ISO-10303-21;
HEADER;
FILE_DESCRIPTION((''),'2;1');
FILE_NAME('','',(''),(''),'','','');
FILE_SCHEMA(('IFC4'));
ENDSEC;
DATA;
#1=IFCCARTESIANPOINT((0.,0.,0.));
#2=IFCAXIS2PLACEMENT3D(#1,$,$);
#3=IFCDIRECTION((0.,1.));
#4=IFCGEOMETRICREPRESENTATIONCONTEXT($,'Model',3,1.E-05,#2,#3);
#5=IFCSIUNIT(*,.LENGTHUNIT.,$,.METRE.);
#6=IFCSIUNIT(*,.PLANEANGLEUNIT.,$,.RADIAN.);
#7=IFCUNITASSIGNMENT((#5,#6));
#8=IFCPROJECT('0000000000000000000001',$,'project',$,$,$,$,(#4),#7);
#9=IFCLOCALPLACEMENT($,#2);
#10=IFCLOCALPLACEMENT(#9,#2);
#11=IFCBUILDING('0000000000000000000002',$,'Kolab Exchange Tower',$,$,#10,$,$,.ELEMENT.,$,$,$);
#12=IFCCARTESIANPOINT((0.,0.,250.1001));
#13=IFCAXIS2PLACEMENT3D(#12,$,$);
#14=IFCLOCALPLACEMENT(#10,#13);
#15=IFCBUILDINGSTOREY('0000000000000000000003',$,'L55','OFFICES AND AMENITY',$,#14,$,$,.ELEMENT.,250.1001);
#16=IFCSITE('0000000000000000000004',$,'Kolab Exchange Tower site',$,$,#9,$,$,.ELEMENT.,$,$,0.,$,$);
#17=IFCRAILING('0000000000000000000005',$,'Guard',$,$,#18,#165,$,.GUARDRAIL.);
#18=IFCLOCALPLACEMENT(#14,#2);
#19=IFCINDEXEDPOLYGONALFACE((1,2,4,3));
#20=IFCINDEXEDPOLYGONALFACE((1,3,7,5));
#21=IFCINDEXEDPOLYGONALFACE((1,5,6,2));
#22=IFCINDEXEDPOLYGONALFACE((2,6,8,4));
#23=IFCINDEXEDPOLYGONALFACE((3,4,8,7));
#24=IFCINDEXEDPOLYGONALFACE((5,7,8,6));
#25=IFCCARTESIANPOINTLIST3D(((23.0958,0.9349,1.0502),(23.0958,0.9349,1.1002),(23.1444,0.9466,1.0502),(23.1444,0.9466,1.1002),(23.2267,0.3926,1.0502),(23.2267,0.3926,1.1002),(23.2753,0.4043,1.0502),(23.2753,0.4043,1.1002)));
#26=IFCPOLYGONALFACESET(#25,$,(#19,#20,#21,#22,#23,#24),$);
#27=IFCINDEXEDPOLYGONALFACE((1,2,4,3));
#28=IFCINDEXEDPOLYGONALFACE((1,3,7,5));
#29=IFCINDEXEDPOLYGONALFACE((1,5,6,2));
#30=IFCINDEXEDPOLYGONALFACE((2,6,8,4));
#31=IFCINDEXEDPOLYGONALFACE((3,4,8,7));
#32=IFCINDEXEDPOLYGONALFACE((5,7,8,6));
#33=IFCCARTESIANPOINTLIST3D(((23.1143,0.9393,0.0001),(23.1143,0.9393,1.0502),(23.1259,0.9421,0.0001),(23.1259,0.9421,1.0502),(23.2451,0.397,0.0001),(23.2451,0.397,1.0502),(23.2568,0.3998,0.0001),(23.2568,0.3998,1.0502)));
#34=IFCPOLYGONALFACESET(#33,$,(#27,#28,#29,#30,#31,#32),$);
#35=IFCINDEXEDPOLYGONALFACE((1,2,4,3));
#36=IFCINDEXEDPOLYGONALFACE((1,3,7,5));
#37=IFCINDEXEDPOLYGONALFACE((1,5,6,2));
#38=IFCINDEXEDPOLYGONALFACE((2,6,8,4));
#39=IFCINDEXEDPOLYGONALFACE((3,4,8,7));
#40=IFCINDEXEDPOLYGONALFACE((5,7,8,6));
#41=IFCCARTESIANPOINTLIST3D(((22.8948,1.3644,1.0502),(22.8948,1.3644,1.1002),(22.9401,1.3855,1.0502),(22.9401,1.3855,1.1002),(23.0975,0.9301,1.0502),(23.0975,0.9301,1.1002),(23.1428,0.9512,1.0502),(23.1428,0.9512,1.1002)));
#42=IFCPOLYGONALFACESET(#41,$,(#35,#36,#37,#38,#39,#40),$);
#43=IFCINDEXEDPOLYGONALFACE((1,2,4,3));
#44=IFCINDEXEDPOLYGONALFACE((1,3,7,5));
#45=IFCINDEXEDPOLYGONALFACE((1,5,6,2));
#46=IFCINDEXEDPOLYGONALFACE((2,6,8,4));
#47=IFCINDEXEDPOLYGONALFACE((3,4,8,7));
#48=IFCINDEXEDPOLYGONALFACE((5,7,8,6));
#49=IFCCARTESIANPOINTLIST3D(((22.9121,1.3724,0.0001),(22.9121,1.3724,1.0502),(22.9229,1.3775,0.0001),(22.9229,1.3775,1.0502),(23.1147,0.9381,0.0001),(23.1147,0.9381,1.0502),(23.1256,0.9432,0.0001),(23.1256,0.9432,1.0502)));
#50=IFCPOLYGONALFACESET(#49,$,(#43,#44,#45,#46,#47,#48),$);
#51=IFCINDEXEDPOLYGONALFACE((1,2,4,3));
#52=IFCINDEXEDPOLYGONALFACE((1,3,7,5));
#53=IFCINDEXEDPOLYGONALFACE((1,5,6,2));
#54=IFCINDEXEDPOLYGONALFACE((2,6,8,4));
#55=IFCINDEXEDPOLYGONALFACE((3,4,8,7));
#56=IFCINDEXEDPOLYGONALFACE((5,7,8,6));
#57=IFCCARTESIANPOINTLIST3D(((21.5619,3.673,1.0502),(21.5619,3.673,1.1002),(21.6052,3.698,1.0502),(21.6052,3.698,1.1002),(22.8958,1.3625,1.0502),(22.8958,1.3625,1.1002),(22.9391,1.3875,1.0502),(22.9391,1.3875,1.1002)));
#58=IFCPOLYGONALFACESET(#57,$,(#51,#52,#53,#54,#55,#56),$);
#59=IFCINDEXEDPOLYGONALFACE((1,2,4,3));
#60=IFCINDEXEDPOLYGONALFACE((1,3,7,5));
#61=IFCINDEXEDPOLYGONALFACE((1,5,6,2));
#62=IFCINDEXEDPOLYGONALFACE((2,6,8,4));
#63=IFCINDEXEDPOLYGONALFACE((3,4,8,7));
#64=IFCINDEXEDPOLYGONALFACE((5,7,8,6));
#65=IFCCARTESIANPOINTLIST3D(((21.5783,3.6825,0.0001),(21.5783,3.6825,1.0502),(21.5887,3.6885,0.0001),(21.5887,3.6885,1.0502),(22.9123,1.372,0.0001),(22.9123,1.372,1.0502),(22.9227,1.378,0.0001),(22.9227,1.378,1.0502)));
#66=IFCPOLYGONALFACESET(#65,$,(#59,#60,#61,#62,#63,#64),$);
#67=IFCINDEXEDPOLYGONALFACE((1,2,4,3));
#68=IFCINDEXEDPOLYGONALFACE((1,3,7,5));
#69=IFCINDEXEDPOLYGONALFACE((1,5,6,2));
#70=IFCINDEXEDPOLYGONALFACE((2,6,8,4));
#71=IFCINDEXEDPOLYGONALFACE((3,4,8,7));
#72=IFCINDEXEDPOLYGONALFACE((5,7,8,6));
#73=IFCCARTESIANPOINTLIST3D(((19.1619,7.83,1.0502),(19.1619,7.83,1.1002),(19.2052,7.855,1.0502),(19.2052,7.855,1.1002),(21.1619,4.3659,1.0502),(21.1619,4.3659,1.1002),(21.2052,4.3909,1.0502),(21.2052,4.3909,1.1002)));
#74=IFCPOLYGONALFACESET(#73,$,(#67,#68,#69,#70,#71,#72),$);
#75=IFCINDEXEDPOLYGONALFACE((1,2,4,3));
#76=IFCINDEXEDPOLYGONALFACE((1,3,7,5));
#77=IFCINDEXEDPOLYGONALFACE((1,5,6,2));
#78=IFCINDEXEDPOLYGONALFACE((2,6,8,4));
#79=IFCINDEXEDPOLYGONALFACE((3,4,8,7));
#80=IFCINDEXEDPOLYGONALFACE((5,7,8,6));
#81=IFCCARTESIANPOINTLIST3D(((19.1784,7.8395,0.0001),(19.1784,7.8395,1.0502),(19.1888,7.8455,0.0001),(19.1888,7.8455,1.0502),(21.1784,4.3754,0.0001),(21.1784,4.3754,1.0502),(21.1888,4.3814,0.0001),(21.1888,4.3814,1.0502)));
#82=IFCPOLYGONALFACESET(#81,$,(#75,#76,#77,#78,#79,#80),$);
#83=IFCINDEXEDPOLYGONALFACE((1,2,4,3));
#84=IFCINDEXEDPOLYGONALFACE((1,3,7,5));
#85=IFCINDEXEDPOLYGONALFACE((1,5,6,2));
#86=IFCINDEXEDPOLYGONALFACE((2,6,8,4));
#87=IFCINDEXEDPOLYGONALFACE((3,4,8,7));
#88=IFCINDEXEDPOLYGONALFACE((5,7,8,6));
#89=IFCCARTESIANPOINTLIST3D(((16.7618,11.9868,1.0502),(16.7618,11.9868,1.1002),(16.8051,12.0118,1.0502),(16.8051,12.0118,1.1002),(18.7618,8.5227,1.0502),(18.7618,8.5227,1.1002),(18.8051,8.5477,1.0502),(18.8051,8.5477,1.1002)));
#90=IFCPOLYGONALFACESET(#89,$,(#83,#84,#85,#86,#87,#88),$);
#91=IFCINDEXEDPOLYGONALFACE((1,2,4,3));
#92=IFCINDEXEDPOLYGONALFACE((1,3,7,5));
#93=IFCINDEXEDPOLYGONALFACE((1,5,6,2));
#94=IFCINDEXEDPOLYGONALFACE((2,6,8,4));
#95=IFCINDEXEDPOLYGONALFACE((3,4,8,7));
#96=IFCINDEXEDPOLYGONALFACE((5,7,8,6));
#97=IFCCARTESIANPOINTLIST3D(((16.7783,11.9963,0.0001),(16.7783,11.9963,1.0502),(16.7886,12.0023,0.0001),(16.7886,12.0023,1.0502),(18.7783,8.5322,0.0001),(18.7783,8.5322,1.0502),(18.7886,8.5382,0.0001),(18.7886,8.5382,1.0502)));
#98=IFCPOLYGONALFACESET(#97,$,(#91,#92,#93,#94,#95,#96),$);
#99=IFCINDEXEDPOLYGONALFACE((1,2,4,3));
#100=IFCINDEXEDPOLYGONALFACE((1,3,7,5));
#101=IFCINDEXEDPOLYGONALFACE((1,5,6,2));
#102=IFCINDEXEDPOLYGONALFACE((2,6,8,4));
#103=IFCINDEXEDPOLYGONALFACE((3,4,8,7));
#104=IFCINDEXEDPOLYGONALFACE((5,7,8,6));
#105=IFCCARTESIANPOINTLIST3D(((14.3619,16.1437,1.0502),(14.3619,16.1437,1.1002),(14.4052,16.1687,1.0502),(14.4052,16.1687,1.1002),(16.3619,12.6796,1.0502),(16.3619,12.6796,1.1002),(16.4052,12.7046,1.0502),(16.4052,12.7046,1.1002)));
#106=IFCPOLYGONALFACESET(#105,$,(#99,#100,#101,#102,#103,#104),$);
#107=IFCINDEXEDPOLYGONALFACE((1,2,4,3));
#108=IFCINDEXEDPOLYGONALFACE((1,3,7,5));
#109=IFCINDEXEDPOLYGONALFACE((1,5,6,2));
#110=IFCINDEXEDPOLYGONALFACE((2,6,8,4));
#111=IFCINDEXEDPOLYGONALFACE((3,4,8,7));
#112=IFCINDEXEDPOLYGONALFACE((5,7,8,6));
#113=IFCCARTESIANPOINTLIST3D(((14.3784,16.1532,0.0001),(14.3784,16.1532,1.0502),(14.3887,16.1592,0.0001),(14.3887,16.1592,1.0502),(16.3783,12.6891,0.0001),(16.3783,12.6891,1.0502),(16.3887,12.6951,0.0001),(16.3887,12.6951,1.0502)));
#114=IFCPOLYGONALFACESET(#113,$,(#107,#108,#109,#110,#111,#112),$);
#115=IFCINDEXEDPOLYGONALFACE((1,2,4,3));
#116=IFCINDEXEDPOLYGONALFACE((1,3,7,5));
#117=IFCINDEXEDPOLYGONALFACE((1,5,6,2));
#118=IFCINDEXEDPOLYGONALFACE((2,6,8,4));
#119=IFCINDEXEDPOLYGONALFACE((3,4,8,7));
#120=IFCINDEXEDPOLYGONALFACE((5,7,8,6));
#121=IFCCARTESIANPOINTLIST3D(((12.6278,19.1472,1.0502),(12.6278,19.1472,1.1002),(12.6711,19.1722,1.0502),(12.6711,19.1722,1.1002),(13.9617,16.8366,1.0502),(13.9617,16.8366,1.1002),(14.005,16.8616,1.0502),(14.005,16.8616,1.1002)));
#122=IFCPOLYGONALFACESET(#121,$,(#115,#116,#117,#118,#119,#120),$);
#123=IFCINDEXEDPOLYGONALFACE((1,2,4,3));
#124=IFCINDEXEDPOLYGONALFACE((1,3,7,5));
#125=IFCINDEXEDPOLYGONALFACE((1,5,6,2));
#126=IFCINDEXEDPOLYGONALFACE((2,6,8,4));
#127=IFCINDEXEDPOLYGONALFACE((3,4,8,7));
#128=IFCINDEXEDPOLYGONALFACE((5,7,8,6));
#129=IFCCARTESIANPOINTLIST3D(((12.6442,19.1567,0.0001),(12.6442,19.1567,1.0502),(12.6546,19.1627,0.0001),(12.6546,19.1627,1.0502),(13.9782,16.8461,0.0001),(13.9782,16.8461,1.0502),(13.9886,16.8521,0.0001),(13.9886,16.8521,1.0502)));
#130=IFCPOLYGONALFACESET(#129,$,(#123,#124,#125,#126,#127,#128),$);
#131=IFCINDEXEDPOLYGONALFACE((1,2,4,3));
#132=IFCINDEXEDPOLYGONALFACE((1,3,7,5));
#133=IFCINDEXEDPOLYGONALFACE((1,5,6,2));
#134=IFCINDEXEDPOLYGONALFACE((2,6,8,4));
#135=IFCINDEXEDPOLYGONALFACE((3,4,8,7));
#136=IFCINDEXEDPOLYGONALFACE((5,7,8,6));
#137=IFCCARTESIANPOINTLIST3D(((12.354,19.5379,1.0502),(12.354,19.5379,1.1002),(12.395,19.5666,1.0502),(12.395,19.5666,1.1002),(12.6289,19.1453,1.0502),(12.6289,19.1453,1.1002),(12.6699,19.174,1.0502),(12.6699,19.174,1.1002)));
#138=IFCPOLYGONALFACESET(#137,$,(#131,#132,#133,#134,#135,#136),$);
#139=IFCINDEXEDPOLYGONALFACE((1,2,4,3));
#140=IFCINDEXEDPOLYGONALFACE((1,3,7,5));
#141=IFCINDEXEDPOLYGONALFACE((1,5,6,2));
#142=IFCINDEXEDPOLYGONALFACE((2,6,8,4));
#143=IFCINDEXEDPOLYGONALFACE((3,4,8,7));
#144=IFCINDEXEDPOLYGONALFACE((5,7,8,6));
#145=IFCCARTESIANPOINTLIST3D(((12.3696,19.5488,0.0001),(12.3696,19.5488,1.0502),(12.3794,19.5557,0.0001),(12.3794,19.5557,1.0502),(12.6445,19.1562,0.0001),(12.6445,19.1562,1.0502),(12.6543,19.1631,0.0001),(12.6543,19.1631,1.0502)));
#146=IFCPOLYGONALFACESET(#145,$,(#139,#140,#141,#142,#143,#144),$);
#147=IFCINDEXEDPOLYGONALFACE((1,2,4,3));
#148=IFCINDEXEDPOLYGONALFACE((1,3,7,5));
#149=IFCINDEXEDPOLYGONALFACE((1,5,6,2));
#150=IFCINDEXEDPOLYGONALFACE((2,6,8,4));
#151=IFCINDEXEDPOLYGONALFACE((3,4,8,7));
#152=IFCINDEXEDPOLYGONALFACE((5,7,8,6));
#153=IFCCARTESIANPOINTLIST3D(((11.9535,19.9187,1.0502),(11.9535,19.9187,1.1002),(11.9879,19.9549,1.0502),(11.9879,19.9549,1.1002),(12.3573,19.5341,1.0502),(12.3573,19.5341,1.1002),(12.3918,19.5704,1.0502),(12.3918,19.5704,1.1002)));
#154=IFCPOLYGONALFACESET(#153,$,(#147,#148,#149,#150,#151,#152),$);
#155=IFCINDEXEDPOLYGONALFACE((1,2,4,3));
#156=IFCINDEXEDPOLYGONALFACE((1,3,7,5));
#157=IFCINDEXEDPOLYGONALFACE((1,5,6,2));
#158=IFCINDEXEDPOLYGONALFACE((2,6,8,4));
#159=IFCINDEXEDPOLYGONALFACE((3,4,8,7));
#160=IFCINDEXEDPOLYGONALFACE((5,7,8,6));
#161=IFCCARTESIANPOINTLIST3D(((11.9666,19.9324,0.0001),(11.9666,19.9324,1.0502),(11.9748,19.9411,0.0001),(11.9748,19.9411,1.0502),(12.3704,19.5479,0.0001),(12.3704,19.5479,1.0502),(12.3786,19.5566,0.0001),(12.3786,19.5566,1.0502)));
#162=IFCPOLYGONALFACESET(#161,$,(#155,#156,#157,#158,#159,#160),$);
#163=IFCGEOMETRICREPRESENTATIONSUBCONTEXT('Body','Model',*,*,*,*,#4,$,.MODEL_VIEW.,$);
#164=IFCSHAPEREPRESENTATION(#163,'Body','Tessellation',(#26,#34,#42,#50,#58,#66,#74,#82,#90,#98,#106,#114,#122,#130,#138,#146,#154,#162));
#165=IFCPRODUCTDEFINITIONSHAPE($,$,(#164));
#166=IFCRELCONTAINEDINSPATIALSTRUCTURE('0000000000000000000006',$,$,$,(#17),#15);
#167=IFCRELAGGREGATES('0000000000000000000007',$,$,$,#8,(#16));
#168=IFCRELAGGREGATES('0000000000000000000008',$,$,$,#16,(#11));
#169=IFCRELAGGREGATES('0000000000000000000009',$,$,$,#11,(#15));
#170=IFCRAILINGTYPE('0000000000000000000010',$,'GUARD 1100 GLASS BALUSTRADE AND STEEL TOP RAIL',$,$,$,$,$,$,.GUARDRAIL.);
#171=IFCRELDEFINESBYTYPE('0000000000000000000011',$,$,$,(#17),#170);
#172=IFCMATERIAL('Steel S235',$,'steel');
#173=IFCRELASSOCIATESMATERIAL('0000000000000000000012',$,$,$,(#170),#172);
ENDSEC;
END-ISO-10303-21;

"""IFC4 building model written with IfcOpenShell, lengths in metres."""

from ifc_helpers import new_model, si_unit, direction, frame, frame_2d, origin, origin_2d, place, context, subcontext, project, spatial, rectangle, extrude, material, type_object, element, save


model = new_model("IFC4")

# Units and contexts
model_context = context("Model", 3, precision=1e-05, world=origin(), true_north=direction((0.0, 1.0)))
body_context = subcontext(model_context, "Body", "Model", "MODEL_VIEW")
ifc_project = project(units=[si_unit("LENGTHUNIT", "METRE"), si_unit("PLANEANGLEUNIT", "RADIAN")], contexts=[model_context])

# Site, building, storey
site_placement = place(None, origin())
site = spatial("IfcSite", under=ifc_project, at=site_placement, Name="Kolab Exchange Tower site", CompositionType="ELEMENT", RefElevation=0.0)
building_placement = place(site_placement, origin())
building = spatial("IfcBuilding", under=site, at=building_placement, Name="Kolab Exchange Tower", CompositionType="ELEMENT")
storey_placement = place(building_placement, frame((0.0, 0.0, 250.1001)))
storey = spatial("IfcBuildingStorey", under=building, at=storey_placement, Name="L55", Description="OFFICES AND AMENITY", CompositionType="ELEMENT", Elevation=250.1001)

# Railing
ifc_material_1 = material(Name="Steel S235", Category="steel")
railing_type = type_object("IfcRailingType", Name="GUARD 1100 GLASS BALUSTRADE AND STEEL TOP RAIL", PredefinedType="GUARDRAIL", material=ifc_material_1)
railing_placement = place(storey_placement, frame((23.251, 0.3984, 0.0)))
element("IfcRailing", 1, at=railing_placement, inside=storey, type_object=railing_type, Name="Guard", PredefinedType="GUARDRAIL", context=body_context, shape_type="SweptSolid", body=[
    extrude(rectangle(XDim=0.05, YDim=0.05, at=origin_2d()), frame((0.0, 0.0, 1.0752), z_axis=(-0.234598, 0.972093, 0.0), x_axis=(-0.972093, -0.234598, 0.0)), (0.0, 0.0, 1.0), 0.5579),
    extrude(rectangle(XDim=0.012, YDim=1.0501, at=frame_2d((0.0, 0.5251))), frame((0.0, 0.0, 0.0), z_axis=(-0.234598, 0.972093, 0.0), x_axis=(-0.972093, -0.234598, 0.0)), (0.0, 0.0, 1.0), 0.5579),
    extrude(rectangle(XDim=0.05, YDim=0.05, at=origin_2d()), frame((-0.1309, 0.5422, 1.0752), z_axis=(-0.422802, 0.906222, 0.0), x_axis=(-0.906222, -0.422802, 0.0)), (0.0, 0.0, 1.0), 0.4792),
    extrude(rectangle(XDim=0.012, YDim=1.0501, at=frame_2d((0.0, 0.5251))), frame((-0.1309, 0.5422, 0.0), z_axis=(-0.422802, 0.906222, 0.0), x_axis=(-0.906222, -0.422802, 0.0)), (0.0, 0.0, 1.0), 0.4792),
    extrude(rectangle(XDim=0.05, YDim=0.05, at=origin_2d()), frame((-0.3335, 0.9766, 1.0752), z_axis=(-0.499997, 0.866027, 0.0), x_axis=(-0.866027, -0.499997, 0.0)), (0.0, 0.0, 1.0), 2.668),
    extrude(rectangle(XDim=0.012, YDim=1.0501, at=frame_2d((0.0, 0.5251))), frame((-0.3335, 0.9766, 0.0), z_axis=(-0.499997, 0.866027, 0.0), x_axis=(-0.866027, -0.499997, 0.0)), (0.0, 0.0, 1.0), 2.668),
    extrude(rectangle(XDim=0.05, YDim=0.05, at=origin_2d()), frame((-2.0674, 3.98, 1.0752), z_axis=(-0.499999, 0.866026, 0.0), x_axis=(-0.866026, -0.499999, 0.0)), (0.0, 0.0, 1.0), 4.0),
    extrude(rectangle(XDim=0.012, YDim=1.0501, at=frame_2d((0.0, 0.5251))), frame((-2.0674, 3.98, 0.0), z_axis=(-0.499999, 0.866026, 0.0), x_axis=(-0.866026, -0.499999, 0.0)), (0.0, 0.0, 1.0), 4.0),
    extrude(rectangle(XDim=0.05, YDim=0.05, at=origin_2d()), frame((-4.4675, 8.1367, 1.0752), z_axis=(-0.499999, 0.866026, 0.0), x_axis=(-0.866026, -0.499999, 0.0)), (0.0, 0.0, 1.0), 4.0),
    extrude(rectangle(XDim=0.012, YDim=1.0501, at=frame_2d((0.0, 0.5251))), frame((-4.4675, 8.1367, 0.0), z_axis=(-0.499999, 0.866026, 0.0), x_axis=(-0.866026, -0.499999, 0.0)), (0.0, 0.0, 1.0), 4.0),
    extrude(rectangle(XDim=0.05, YDim=0.05, at=origin_2d()), frame((-6.8674, 12.2937, 1.0752), z_axis=(-0.499999, 0.866026, 0.0), x_axis=(-0.866026, -0.499999, 0.0)), (0.0, 0.0, 1.0), 4.0),
    extrude(rectangle(XDim=0.012, YDim=1.0501, at=frame_2d((0.0, 0.5251))), frame((-6.8674, 12.2937, 0.0), z_axis=(-0.499999, 0.866026, 0.0), x_axis=(-0.866026, -0.499999, 0.0)), (0.0, 0.0, 1.0), 4.0),
    extrude(rectangle(XDim=0.05, YDim=0.05, at=origin_2d()), frame((-9.2676, 16.4507, 1.0752), z_axis=(-0.499997, 0.866027, 0.0), x_axis=(-0.866027, -0.499997, 0.0)), (0.0, 0.0, 1.0), 2.668),
    extrude(rectangle(XDim=0.012, YDim=1.0501, at=frame_2d((0.0, 0.5251))), frame((-9.2676, 16.4507, 0.0), z_axis=(-0.499997, 0.866027, 0.0), x_axis=(-0.866027, -0.499997, 0.0)), (0.0, 0.0, 1.0), 2.668),
    extrude(rectangle(XDim=0.05, YDim=0.05, at=origin_2d()), frame((-10.6016, 18.7612, 1.0752), z_axis=(-0.573599, 0.819136, 0.0), x_axis=(-0.819136, -0.573599, 0.0)), (0.0, 0.0, 1.0), 0.4792),
    extrude(rectangle(XDim=0.012, YDim=1.0501, at=frame_2d((0.0, 0.5251))), frame((-10.6016, 18.7612, 0.0), z_axis=(-0.573599, 0.819136, 0.0), x_axis=(-0.819136, -0.573599, 0.0)), (0.0, 0.0, 1.0), 0.4792),
    extrude(rectangle(XDim=0.05, YDim=0.05, at=origin_2d()), frame((-10.8765, 19.1538, 1.0752), z_axis=(-0.72419, 0.689601, 0.0), x_axis=(-0.689601, -0.72419, 0.0)), (0.0, 0.0, 1.0), 0.5576),
    extrude(rectangle(XDim=0.012, YDim=1.0501, at=frame_2d((0.0, 0.5251))), frame((-10.8765, 19.1538, 0.0), z_axis=(-0.72419, 0.689601, 0.0), x_axis=(-0.689601, -0.72419, 0.0)), (0.0, 0.0, 1.0), 0.5576),
])

save(model, "model.ifc")
